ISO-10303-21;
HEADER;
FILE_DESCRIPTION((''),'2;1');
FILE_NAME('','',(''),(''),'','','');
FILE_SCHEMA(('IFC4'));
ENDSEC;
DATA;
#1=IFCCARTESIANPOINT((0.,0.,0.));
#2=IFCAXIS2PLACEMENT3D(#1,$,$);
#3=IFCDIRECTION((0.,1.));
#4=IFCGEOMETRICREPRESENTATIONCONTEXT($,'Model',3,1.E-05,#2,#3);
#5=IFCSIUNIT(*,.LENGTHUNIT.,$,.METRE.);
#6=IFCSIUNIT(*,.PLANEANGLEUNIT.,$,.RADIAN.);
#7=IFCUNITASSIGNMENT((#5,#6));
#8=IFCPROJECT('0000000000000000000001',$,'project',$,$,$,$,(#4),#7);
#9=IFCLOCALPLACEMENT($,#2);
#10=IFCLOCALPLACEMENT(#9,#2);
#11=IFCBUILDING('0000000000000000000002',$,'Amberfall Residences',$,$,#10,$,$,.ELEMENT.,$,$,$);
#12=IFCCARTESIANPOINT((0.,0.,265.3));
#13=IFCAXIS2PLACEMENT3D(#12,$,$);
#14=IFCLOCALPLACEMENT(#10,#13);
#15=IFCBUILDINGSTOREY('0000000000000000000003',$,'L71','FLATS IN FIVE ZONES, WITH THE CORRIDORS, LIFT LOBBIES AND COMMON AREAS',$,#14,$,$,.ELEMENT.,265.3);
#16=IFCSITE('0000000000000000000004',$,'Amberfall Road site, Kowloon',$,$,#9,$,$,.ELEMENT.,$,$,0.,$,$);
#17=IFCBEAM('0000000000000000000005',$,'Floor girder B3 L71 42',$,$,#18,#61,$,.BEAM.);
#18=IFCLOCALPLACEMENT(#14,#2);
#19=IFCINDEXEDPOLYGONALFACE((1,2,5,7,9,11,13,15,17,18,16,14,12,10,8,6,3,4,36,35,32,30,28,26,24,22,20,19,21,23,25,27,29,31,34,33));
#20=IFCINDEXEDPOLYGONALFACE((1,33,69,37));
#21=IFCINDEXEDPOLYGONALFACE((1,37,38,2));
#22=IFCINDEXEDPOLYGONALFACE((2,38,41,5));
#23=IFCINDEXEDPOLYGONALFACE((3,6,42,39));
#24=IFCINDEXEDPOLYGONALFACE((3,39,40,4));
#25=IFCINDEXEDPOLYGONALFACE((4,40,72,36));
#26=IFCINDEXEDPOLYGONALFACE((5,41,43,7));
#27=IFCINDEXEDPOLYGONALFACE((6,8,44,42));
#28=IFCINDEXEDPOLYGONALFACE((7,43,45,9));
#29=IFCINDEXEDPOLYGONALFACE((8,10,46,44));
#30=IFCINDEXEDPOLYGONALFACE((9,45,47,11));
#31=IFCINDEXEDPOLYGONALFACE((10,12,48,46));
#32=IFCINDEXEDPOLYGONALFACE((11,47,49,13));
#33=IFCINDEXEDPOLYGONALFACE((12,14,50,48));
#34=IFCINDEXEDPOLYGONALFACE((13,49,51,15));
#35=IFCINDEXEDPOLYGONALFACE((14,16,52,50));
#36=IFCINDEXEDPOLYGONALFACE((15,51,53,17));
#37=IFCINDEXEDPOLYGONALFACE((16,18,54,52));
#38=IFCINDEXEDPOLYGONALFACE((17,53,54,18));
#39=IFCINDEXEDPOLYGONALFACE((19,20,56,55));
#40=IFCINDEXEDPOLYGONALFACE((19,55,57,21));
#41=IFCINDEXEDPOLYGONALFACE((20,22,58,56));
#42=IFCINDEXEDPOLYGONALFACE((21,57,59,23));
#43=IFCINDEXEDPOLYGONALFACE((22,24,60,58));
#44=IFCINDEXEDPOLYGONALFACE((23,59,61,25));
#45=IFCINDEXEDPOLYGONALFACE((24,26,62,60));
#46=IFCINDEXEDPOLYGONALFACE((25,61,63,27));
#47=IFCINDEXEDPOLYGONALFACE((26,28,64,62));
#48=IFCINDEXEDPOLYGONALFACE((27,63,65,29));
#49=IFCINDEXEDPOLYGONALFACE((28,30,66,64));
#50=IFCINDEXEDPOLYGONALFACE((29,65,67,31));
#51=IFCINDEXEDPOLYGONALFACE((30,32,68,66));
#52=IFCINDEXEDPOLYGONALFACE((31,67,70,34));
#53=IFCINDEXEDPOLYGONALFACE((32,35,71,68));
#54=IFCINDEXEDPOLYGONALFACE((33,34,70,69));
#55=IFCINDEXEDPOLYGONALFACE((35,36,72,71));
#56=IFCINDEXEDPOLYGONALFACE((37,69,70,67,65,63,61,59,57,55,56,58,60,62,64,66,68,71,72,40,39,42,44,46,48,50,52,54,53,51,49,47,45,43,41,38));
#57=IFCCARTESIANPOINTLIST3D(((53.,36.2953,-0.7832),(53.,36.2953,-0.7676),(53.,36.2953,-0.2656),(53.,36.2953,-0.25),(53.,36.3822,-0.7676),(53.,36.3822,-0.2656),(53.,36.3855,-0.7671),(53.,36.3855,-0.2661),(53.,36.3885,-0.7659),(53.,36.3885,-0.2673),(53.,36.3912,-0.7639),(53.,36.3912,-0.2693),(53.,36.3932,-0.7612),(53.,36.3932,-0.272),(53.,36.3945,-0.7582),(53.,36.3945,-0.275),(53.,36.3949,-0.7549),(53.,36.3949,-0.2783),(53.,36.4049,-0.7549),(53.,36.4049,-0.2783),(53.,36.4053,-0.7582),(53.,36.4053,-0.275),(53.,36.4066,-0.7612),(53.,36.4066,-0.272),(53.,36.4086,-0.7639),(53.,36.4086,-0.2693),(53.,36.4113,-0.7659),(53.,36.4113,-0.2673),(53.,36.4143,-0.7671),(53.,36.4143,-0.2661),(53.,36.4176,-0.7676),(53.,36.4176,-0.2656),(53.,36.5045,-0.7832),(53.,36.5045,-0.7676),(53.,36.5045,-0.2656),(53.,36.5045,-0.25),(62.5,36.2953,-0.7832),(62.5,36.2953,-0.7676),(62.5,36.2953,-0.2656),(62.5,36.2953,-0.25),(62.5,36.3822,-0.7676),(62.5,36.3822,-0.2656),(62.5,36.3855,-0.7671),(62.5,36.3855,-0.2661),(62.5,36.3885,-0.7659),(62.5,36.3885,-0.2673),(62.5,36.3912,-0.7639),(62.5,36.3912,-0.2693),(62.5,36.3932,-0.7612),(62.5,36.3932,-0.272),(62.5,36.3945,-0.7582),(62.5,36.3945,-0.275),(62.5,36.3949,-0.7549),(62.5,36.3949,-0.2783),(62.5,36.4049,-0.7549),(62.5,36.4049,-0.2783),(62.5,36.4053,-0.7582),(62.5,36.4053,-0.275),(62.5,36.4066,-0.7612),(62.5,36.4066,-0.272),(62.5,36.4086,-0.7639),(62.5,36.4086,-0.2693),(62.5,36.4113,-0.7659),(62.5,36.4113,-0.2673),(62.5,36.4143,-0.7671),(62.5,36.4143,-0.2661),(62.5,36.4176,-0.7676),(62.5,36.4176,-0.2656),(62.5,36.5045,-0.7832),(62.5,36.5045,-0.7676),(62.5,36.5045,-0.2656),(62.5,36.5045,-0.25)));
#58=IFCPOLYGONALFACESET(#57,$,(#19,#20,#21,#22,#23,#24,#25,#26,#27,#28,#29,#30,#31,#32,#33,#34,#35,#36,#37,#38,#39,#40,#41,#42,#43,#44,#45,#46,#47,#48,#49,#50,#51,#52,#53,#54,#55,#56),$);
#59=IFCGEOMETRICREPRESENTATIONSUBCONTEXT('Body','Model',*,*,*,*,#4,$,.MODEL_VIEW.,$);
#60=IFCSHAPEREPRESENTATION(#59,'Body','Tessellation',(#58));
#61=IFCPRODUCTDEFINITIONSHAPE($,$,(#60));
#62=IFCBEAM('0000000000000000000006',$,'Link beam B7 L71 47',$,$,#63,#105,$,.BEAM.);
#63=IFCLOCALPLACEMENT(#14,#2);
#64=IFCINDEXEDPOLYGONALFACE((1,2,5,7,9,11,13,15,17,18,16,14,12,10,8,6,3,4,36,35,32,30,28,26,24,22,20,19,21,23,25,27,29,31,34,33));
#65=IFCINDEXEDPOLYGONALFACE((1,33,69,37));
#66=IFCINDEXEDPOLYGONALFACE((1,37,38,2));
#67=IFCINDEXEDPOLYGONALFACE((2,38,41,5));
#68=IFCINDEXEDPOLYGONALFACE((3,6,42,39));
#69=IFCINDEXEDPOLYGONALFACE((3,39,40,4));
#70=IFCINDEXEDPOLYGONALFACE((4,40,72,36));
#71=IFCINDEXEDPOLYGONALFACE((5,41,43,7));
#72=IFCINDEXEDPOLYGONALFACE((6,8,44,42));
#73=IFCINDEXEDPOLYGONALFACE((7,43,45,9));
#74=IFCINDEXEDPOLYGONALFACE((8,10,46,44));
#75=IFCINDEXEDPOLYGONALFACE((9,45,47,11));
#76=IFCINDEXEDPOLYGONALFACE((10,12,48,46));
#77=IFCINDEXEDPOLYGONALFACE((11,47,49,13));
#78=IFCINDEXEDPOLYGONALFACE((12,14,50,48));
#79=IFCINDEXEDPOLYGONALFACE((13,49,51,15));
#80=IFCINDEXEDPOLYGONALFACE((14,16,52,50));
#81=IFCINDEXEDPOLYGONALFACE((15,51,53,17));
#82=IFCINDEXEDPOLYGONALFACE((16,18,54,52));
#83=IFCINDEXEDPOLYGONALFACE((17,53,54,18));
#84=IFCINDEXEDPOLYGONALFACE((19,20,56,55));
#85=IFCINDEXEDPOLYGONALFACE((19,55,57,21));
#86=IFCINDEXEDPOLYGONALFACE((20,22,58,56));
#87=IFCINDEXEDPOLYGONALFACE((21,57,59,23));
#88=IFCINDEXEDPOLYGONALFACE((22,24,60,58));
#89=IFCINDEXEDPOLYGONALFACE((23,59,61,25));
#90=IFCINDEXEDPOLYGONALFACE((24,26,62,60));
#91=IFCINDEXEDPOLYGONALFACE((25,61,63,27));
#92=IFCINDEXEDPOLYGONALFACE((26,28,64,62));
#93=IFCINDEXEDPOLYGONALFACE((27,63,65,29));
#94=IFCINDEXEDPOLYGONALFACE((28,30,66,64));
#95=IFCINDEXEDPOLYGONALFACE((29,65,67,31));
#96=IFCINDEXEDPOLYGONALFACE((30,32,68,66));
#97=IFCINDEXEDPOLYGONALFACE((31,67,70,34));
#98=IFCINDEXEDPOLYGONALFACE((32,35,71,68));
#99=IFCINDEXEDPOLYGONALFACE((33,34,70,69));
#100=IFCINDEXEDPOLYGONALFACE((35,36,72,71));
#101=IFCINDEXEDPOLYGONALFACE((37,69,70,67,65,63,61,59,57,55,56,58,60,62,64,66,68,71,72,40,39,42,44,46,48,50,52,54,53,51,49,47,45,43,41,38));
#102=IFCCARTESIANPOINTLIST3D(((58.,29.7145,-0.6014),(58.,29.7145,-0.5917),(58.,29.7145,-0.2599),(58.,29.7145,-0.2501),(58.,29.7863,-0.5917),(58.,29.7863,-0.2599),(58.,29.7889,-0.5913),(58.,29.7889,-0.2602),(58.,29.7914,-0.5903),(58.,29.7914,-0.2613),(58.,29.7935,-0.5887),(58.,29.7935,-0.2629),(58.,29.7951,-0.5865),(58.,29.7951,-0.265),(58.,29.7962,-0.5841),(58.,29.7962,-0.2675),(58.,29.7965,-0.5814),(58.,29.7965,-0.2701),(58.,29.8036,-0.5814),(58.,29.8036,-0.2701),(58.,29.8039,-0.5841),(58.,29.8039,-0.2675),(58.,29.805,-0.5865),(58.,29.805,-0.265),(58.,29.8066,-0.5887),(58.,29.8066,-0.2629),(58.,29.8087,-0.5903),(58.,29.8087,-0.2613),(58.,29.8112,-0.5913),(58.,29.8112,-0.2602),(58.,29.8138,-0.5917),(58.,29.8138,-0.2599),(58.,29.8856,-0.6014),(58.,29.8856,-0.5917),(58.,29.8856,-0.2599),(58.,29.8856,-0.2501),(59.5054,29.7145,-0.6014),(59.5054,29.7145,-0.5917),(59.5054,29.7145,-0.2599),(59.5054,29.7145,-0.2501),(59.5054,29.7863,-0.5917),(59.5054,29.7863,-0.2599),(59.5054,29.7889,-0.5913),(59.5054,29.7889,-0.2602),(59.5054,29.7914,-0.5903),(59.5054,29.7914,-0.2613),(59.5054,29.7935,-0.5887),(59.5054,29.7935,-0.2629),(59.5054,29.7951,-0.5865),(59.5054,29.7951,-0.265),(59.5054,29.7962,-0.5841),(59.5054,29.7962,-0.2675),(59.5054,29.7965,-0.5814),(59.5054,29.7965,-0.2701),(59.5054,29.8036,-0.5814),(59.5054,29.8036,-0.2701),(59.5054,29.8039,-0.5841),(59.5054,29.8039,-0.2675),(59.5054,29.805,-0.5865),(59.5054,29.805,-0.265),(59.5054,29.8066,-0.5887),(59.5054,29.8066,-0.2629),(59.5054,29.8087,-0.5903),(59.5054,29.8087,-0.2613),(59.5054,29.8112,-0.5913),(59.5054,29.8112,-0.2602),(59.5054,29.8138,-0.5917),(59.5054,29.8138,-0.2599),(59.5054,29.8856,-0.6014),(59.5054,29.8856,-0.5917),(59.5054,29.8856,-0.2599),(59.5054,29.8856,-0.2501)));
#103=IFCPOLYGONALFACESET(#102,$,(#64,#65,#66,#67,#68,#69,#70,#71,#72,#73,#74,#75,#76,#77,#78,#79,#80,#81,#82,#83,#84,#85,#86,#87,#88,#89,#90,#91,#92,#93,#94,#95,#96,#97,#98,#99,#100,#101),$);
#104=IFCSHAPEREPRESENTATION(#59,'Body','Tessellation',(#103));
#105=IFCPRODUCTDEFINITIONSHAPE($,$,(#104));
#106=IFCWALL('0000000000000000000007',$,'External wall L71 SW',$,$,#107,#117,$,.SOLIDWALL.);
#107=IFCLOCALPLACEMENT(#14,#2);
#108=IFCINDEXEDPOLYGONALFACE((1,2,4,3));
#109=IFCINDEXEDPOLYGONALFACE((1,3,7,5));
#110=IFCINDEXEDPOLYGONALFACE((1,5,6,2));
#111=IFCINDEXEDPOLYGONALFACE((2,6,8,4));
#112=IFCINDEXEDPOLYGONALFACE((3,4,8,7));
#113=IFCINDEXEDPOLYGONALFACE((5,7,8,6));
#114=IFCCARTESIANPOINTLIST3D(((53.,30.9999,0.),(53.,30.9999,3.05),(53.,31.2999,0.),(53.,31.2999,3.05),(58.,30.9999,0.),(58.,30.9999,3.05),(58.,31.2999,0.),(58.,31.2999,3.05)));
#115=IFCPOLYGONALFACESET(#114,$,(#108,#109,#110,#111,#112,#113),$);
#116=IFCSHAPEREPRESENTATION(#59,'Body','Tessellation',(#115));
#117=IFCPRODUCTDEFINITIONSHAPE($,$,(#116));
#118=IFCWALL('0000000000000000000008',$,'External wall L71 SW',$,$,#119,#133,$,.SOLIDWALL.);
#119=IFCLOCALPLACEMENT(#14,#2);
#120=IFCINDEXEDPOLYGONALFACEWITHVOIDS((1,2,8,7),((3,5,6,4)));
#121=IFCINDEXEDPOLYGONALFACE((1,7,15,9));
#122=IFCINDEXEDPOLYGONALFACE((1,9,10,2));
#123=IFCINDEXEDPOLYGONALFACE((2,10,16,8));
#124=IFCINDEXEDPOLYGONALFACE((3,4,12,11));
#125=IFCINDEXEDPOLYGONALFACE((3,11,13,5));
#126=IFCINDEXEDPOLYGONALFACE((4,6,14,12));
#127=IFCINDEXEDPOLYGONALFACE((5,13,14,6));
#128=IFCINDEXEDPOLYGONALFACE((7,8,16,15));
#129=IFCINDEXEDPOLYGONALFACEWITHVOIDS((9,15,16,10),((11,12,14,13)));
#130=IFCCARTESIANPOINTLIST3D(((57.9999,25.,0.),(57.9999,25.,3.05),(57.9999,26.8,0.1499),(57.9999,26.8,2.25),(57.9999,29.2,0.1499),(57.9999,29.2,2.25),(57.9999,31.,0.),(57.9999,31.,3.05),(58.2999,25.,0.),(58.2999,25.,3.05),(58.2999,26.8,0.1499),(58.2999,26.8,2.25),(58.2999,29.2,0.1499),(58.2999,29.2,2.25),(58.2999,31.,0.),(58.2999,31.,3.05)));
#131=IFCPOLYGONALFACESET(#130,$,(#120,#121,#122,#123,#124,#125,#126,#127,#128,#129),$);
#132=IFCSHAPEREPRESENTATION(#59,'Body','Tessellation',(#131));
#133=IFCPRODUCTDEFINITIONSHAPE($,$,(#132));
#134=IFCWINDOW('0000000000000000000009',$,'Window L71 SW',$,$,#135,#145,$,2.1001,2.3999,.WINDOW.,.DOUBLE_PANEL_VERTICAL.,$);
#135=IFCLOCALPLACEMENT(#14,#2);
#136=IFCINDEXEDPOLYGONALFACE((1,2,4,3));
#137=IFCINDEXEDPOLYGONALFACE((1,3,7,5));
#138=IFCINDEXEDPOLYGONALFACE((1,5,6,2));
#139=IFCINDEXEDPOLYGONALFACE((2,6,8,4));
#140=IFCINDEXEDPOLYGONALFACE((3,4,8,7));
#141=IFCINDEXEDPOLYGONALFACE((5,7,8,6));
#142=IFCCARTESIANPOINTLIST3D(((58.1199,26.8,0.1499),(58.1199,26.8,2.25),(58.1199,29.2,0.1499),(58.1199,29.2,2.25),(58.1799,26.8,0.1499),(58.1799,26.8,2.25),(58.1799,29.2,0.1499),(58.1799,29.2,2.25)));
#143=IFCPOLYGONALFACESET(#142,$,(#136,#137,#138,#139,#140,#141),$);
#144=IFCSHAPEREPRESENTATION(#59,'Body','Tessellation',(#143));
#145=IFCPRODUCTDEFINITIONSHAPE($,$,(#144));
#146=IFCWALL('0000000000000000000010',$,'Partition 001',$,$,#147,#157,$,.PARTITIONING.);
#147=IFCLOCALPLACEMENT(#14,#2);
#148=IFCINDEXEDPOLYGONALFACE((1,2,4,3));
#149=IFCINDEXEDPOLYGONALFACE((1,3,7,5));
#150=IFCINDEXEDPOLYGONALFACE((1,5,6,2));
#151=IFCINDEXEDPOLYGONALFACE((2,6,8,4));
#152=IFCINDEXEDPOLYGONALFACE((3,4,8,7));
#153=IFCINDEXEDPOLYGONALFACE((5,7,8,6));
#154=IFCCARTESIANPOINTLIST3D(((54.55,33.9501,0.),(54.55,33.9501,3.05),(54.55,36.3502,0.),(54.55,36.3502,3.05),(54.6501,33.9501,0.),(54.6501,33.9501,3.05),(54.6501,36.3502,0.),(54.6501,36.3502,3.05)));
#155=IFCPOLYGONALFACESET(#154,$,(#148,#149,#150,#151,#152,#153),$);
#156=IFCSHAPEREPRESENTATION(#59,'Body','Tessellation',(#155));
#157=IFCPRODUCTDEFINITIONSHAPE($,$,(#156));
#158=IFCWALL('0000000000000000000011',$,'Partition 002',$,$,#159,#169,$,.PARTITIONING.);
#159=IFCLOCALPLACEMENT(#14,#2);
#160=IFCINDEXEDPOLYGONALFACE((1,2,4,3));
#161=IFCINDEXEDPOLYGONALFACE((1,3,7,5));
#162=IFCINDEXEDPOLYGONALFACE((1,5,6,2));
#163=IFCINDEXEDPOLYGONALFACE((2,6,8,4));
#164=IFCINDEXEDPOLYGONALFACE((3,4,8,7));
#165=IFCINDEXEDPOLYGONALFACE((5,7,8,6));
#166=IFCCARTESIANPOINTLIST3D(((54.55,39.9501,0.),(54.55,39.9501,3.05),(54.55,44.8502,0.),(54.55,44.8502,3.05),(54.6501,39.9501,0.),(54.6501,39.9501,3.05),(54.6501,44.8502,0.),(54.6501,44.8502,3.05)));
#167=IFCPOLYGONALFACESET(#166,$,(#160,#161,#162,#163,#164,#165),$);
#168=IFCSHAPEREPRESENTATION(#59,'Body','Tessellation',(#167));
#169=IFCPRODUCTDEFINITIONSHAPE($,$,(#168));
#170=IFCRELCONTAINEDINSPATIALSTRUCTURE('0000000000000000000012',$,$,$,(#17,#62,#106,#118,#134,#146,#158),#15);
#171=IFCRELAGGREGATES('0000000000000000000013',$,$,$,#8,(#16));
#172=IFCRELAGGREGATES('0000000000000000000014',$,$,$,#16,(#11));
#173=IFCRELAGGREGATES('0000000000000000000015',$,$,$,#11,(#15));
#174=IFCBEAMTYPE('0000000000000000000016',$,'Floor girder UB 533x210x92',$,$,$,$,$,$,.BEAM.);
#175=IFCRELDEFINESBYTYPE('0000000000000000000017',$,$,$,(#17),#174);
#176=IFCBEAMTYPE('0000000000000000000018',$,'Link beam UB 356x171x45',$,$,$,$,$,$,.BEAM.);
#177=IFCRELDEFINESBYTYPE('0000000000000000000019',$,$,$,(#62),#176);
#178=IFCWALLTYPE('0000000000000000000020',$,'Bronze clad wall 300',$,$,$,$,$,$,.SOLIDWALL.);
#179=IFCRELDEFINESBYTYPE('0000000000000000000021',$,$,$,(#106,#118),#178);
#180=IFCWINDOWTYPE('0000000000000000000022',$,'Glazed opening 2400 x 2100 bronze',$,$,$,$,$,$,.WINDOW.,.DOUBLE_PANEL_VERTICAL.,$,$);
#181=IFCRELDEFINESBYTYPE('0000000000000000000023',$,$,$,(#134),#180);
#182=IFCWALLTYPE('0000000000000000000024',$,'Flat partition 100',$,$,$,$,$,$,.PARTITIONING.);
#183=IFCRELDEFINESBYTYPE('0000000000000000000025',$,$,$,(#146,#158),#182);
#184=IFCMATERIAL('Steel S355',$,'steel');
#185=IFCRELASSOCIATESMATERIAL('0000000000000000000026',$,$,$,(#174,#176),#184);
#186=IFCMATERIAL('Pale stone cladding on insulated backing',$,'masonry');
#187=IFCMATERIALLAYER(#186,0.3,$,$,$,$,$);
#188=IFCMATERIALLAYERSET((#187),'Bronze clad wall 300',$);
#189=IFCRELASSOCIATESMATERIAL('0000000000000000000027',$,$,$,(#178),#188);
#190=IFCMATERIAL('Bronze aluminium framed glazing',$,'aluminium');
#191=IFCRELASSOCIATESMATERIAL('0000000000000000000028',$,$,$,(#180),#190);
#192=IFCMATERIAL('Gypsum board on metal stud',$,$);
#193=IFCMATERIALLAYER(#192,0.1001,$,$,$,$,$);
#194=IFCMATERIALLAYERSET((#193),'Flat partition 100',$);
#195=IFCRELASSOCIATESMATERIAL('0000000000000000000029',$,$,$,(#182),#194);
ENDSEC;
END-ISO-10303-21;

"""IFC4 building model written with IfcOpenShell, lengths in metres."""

from ifc_helpers import new_model, si_unit, direction, frame, frame_2d, origin, origin_2d, place, context, subcontext, project, spatial, rectangle, i_section, extrude, material, layer, layer_set, material_profile, profile_set, type_object, element, fill, save


model = new_model("IFC4")

# Units and contexts
model_context = context("Model", 3, precision=1e-05, world=origin(), true_north=direction((0.0, 1.0)))
body_context = subcontext(model_context, "Body", "Model", "MODEL_VIEW")
ifc_project = project(units=[si_unit("LENGTHUNIT", "METRE"), si_unit("PLANEANGLEUNIT", "RADIAN")], contexts=[model_context])

# Site, building, storey
site_placement = place(None, origin())
site = spatial("IfcSite", under=ifc_project, at=site_placement, Name="Amberfall Road site, Kowloon", CompositionType="ELEMENT", RefElevation=0.0)
building_placement = place(site_placement, origin())
building = spatial("IfcBuilding", under=site, at=building_placement, Name="Amberfall Residences", CompositionType="ELEMENT")
storey_placement = place(building_placement, frame((0.0, 0.0, 265.3)))
storey = spatial("IfcBuildingStorey", under=building, at=storey_placement, Name="L71", Description="FLATS IN FIVE ZONES, WITH THE CORRIDORS, LIFT LOBBIES AND COMMON AREAS", CompositionType="ELEMENT", Elevation=265.3)

# Beams
ifc_material_1 = material(Name="Steel S355", Category="steel")
ifc_material_profile_1 = material_profile(ifc_material_1, i_section(OverallWidth=0.2092, OverallDepth=0.5332, WebThickness=0.01, FlangeThickness=0.0156, FilletRadius=0.0127, at=origin_2d()), Name="UB 533x210x92")
ifc_profile_set_1 = profile_set([ifc_material_profile_1], Name="Steel S355")
beam_type_1 = type_object("IfcBeamType", Name="Floor girder UB 533x210x92", PredefinedType="BEAM", material=ifc_profile_set_1)
beam_1_placement = place(storey_placement, frame((53.0, 36.3999, -0.5166), z_axis=(1.0, 0.0, 0.0), x_axis=(0.0, 1.0, 0.0)))
element("IfcBeam", 1, at=beam_1_placement, inside=storey, type_object=beam_type_1, Name="Floor girder B3 L71 42", PredefinedType="BEAM", context=body_context, shape_type="SweptSolid", body=[
    extrude(i_section(OverallWidth=0.2092, OverallDepth=0.5332, WebThickness=0.01, FlangeThickness=0.0156, FilletRadius=0.0127, at=origin_2d()), origin(), (0.0, 0.0, 1.0), 9.5),
])
ifc_material_profile_2 = material_profile(ifc_material_1, i_section(OverallWidth=0.1711, OverallDepth=0.3513, WebThickness=0.0071, FlangeThickness=0.0098, FilletRadius=0.0103, at=origin_2d()), Name="UB 356x171x45")
ifc_profile_set_2 = profile_set([ifc_material_profile_2], Name="Steel S355")
beam_type_2 = type_object("IfcBeamType", Name="Link beam UB 356x171x45", PredefinedType="BEAM", material=ifc_profile_set_2)
beam_2_placement = place(storey_placement, frame((58.0, 29.8, -0.4258), z_axis=(1.0, 0.0, 0.0), x_axis=(0.0, 1.0, 0.0)))
element("IfcBeam", 2, at=beam_2_placement, inside=storey, type_object=beam_type_2, Name="Link beam B7 L71 47", PredefinedType="BEAM", context=body_context, shape_type="SweptSolid", body=[
    extrude(i_section(OverallWidth=0.1711, OverallDepth=0.3513, WebThickness=0.0071, FlangeThickness=0.0098, FilletRadius=0.0103, at=origin_2d()), origin(), (0.0, 0.0, 1.0), 1.5054),
])

# Wall
ifc_material_2 = material(Name="Pale stone cladding on insulated backing", Category="masonry")
ifc_layer_1 = layer(ifc_material_2, 0.3)
ifc_layer_set_1 = layer_set([ifc_layer_1], Name="Bronze clad wall 300")
wall_type_1 = type_object("IfcWallType", Name="Bronze clad wall 300", PredefinedType="SOLIDWALL", material=ifc_layer_set_1)
wall_1_placement = place(storey_placement, frame((53.0, 31.1499, 0.0), z_axis=(0.0, 0.0, 1.0), x_axis=(1.0, 0.0, 0.0)))
element("IfcWall", 3, at=wall_1_placement, inside=storey, type_object=wall_type_1, Name="External wall L71 SW", PredefinedType="SOLIDWALL", context=body_context, shape_type="SweptSolid", body=[
    extrude(rectangle(XDim=5.0, YDim=0.3, at=frame_2d((2.5, 0.0))), origin(), (0.0, 0.0, 1.0), 3.05),
])

# Wall, opening, window
wall_2_placement = place(storey_placement, frame((58.1499, 31.0, 0.0), z_axis=(0.0, 0.0, 1.0), x_axis=(0.0, -1.0, 0.0)))
wall_2 = element("IfcWall", 4, at=wall_2_placement, inside=storey, type_object=wall_type_1, Name="External wall L71 SW", PredefinedType="SOLIDWALL", context=body_context, shape_type="SweptSolid", body=[
    extrude(rectangle(XDim=6.0, YDim=0.3, at=frame_2d((3.0, 0.0))), origin(), (0.0, 0.0, 1.0), 3.05),
])
opening_1_placement = place(wall_2_placement, frame((1.8, 0.0, 0.1499)))
opening_1 = element("IfcOpeningElement", 5, at=opening_1_placement, cuts=wall_2, PredefinedType="OPENING", context=body_context, shape_type="SweptSolid", body=[
    extrude(rectangle(XDim=2.3999, YDim=2.1001, at=frame_2d((1.2, 1.05))), frame((0.0, 0.1599, 0.0), z_axis=(0.0, -1.0, 0.0), x_axis=(1.0, 0.0, 0.0)), (0.0, 0.0, 1.0), 0.3201),
])
ifc_material_3 = material(Name="Bronze aluminium framed glazing", Category="aluminium")
window_type = type_object("IfcWindowType", Name="Glazed opening 2400 x 2100 bronze", PartitioningType="DOUBLE_PANEL_VERTICAL", PredefinedType="WINDOW", material=ifc_material_3)
window_placement = place(opening_1_placement, origin())
window = element("IfcWindow", 6, at=window_placement, inside=storey, type_object=window_type, Name="Window L71 SW", OverallHeight=2.1001, OverallWidth=2.3999, PartitioningType="DOUBLE_PANEL_VERTICAL", PredefinedType="WINDOW", context=body_context, shape_type="SweptSolid", body=[
    extrude(rectangle(XDim=2.3999, YDim=2.1001, at=frame_2d((1.2, 1.05))), frame((0.0, 0.03, 0.0), z_axis=(0.0, -1.0, 0.0), x_axis=(1.0, 0.0, 0.0)), (0.0, 0.0, 1.0), 0.0601),
])
fill(opening_1, window)

# Walls
ifc_material_4 = material(Name="Gypsum board on metal stud")
ifc_layer_2 = layer(ifc_material_4, 0.1001)
ifc_layer_set_2 = layer_set([ifc_layer_2], Name="Flat partition 100")
wall_type_2 = type_object("IfcWallType", Name="Flat partition 100", PredefinedType="PARTITIONING", material=ifc_layer_set_2)
wall_3_placement = place(storey_placement, frame((54.6001, 33.95, 0.0), z_axis=(0.0, 0.0, 1.0), x_axis=(0.0, 1.0, 0.0)))
element("IfcWall", 7, at=wall_3_placement, inside=storey, type_object=wall_type_2, Name="Partition 001", PredefinedType="PARTITIONING", context=body_context, shape_type="SweptSolid", body=[
    extrude(rectangle(XDim=2.4001, YDim=0.1001, at=frame_2d((1.2002, 0.0))), origin(), (0.0, 0.0, 1.0), 3.05),
])
wall_4_placement = place(storey_placement, frame((54.6001, 39.95, 0.0), z_axis=(0.0, 0.0, 1.0), x_axis=(0.0, 1.0, 0.0)))
element("IfcWall", 8, at=wall_4_placement, inside=storey, type_object=wall_type_2, Name="Partition 002", PredefinedType="PARTITIONING", context=body_context, shape_type="SweptSolid", body=[
    extrude(rectangle(XDim=4.9001, YDim=0.1001, at=frame_2d((2.4502, 0.0))), origin(), (0.0, 0.0, 1.0), 3.05),
])

save(model, "model.ifc")
